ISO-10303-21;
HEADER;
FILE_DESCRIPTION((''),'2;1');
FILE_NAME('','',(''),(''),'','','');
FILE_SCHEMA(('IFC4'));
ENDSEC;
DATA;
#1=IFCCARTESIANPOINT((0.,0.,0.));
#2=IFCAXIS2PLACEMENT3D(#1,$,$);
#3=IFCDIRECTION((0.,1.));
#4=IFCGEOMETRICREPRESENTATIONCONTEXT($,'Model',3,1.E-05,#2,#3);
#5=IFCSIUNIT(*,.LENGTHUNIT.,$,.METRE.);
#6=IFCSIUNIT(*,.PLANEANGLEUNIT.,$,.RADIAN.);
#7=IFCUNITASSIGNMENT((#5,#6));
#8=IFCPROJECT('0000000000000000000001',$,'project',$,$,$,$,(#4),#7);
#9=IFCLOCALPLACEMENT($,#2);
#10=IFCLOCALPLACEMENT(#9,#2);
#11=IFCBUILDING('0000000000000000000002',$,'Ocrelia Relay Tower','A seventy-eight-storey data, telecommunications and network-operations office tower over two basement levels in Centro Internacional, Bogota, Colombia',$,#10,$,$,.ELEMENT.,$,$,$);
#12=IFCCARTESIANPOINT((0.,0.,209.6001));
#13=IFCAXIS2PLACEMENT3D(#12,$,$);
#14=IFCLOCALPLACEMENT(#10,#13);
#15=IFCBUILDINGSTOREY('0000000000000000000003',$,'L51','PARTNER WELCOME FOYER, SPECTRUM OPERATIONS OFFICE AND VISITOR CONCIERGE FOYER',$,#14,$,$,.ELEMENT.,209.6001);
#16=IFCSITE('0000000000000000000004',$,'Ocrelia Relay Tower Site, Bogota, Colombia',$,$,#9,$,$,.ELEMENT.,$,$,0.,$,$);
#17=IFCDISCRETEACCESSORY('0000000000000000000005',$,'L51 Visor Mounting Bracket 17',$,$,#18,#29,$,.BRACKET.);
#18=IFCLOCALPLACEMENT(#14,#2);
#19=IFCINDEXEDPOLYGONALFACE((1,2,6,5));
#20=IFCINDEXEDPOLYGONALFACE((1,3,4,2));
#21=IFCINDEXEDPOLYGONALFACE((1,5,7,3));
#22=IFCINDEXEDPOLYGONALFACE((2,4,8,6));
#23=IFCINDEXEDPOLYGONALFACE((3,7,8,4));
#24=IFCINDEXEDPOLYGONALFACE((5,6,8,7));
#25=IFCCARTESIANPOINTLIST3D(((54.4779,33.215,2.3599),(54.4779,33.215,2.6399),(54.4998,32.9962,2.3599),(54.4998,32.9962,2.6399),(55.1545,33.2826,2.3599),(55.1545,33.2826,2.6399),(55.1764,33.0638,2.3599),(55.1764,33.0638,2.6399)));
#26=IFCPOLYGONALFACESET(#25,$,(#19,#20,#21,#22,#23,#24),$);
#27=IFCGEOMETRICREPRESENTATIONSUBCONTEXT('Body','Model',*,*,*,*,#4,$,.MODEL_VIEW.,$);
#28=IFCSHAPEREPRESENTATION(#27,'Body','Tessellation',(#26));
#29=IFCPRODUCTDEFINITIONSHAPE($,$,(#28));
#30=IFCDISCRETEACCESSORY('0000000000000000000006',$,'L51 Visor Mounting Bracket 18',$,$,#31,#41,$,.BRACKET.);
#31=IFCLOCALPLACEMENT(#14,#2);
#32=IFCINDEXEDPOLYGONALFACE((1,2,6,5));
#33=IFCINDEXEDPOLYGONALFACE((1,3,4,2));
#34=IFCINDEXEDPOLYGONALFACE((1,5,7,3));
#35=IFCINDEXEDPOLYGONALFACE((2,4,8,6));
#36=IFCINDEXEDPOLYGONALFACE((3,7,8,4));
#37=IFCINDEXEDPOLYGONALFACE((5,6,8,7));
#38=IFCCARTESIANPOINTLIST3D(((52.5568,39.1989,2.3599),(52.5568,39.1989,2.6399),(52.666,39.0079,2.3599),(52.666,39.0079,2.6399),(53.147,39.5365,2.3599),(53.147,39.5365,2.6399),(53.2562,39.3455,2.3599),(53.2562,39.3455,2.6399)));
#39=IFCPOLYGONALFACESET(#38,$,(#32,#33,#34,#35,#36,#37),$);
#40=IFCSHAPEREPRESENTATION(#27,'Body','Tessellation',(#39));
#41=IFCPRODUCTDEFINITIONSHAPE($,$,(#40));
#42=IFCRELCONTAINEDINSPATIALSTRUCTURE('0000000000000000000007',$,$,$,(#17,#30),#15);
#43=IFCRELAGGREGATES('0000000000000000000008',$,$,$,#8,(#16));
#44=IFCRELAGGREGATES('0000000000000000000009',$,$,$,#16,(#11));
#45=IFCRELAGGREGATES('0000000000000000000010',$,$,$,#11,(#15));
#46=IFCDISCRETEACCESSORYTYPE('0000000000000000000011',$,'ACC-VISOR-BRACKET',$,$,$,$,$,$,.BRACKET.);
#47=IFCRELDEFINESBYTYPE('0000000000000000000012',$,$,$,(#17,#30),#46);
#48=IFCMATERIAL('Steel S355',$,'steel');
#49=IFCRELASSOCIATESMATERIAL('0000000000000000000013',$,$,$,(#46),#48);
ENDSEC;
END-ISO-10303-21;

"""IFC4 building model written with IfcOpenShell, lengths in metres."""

from ifc_helpers import new_model, si_unit, direction, frame, origin, origin_2d, place, context, subcontext, project, spatial, rectangle, extrude, material, type_object, element, save


model = new_model("IFC4")

# Units and contexts
model_context = context("Model", 3, precision=1e-05, world=origin(), true_north=direction((0.0, 1.0)))
body_context = subcontext(model_context, "Body", "Model", "MODEL_VIEW")
ifc_project = project(units=[si_unit("LENGTHUNIT", "METRE"), si_unit("PLANEANGLEUNIT", "RADIAN")], contexts=[model_context])

# Site, building, storey
site_placement = place(None, origin())
site = spatial("IfcSite", under=ifc_project, at=site_placement, Name="Ocrelia Relay Tower Site, Bogota, Colombia", CompositionType="ELEMENT", RefElevation=0.0)
building_placement = place(site_placement, origin())
building = spatial("IfcBuilding", under=site, at=building_placement, Name="Ocrelia Relay Tower", Description="A seventy-eight-storey data, telecommunications and network-operations office tower over two basement levels in Centro Internacional, Bogota, Colombia", CompositionType="ELEMENT")
storey_placement = place(building_placement, frame((0.0, 0.0, 209.6001)))
storey = spatial("IfcBuildingStorey", under=building, at=storey_placement, Name="L51", Description="PARTNER WELCOME FOYER, SPECTRUM OPERATIONS OFFICE AND VISITOR CONCIERGE FOYER", CompositionType="ELEMENT", Elevation=209.6001)

# Shared definitions
ifc_material_1 = material(Name="Steel S355", Category="steel")

# Discrete accessories
discrete_accessory_type = type_object("IfcDiscreteAccessoryType", Name="ACC-VISOR-BRACKET", PredefinedType="BRACKET", material=ifc_material_1)
for number, where, z_axis, x_axis, name in (
    (1, (54.8271, 33.1394, 2.3599), (0.0, 0.0, 1.0), (-0.099436, 0.995044, 0.0), "L51 Visor Mounting Bracket 17"),
    (2, (52.9065, 39.2722, 2.3599), (0.0, 0.0, 1.0), (-0.496525, 0.868023, 0.0), "L51 Visor Mounting Bracket 18"),
):
    element("IfcDiscreteAccessory", number, at=place(storey_placement, frame(where, z_axis=z_axis, x_axis=x_axis)), inside=storey, type_object=discrete_accessory_type, Name=name, PredefinedType="BRACKET", context=body_context, shape_type="SweptSolid", body=[
        extrude(rectangle(XDim=0.22, YDim=0.6799, at=origin_2d()), origin(), (0.0, 0.0, 1.0), 0.28),
    ])

save(model, "model.ifc")
